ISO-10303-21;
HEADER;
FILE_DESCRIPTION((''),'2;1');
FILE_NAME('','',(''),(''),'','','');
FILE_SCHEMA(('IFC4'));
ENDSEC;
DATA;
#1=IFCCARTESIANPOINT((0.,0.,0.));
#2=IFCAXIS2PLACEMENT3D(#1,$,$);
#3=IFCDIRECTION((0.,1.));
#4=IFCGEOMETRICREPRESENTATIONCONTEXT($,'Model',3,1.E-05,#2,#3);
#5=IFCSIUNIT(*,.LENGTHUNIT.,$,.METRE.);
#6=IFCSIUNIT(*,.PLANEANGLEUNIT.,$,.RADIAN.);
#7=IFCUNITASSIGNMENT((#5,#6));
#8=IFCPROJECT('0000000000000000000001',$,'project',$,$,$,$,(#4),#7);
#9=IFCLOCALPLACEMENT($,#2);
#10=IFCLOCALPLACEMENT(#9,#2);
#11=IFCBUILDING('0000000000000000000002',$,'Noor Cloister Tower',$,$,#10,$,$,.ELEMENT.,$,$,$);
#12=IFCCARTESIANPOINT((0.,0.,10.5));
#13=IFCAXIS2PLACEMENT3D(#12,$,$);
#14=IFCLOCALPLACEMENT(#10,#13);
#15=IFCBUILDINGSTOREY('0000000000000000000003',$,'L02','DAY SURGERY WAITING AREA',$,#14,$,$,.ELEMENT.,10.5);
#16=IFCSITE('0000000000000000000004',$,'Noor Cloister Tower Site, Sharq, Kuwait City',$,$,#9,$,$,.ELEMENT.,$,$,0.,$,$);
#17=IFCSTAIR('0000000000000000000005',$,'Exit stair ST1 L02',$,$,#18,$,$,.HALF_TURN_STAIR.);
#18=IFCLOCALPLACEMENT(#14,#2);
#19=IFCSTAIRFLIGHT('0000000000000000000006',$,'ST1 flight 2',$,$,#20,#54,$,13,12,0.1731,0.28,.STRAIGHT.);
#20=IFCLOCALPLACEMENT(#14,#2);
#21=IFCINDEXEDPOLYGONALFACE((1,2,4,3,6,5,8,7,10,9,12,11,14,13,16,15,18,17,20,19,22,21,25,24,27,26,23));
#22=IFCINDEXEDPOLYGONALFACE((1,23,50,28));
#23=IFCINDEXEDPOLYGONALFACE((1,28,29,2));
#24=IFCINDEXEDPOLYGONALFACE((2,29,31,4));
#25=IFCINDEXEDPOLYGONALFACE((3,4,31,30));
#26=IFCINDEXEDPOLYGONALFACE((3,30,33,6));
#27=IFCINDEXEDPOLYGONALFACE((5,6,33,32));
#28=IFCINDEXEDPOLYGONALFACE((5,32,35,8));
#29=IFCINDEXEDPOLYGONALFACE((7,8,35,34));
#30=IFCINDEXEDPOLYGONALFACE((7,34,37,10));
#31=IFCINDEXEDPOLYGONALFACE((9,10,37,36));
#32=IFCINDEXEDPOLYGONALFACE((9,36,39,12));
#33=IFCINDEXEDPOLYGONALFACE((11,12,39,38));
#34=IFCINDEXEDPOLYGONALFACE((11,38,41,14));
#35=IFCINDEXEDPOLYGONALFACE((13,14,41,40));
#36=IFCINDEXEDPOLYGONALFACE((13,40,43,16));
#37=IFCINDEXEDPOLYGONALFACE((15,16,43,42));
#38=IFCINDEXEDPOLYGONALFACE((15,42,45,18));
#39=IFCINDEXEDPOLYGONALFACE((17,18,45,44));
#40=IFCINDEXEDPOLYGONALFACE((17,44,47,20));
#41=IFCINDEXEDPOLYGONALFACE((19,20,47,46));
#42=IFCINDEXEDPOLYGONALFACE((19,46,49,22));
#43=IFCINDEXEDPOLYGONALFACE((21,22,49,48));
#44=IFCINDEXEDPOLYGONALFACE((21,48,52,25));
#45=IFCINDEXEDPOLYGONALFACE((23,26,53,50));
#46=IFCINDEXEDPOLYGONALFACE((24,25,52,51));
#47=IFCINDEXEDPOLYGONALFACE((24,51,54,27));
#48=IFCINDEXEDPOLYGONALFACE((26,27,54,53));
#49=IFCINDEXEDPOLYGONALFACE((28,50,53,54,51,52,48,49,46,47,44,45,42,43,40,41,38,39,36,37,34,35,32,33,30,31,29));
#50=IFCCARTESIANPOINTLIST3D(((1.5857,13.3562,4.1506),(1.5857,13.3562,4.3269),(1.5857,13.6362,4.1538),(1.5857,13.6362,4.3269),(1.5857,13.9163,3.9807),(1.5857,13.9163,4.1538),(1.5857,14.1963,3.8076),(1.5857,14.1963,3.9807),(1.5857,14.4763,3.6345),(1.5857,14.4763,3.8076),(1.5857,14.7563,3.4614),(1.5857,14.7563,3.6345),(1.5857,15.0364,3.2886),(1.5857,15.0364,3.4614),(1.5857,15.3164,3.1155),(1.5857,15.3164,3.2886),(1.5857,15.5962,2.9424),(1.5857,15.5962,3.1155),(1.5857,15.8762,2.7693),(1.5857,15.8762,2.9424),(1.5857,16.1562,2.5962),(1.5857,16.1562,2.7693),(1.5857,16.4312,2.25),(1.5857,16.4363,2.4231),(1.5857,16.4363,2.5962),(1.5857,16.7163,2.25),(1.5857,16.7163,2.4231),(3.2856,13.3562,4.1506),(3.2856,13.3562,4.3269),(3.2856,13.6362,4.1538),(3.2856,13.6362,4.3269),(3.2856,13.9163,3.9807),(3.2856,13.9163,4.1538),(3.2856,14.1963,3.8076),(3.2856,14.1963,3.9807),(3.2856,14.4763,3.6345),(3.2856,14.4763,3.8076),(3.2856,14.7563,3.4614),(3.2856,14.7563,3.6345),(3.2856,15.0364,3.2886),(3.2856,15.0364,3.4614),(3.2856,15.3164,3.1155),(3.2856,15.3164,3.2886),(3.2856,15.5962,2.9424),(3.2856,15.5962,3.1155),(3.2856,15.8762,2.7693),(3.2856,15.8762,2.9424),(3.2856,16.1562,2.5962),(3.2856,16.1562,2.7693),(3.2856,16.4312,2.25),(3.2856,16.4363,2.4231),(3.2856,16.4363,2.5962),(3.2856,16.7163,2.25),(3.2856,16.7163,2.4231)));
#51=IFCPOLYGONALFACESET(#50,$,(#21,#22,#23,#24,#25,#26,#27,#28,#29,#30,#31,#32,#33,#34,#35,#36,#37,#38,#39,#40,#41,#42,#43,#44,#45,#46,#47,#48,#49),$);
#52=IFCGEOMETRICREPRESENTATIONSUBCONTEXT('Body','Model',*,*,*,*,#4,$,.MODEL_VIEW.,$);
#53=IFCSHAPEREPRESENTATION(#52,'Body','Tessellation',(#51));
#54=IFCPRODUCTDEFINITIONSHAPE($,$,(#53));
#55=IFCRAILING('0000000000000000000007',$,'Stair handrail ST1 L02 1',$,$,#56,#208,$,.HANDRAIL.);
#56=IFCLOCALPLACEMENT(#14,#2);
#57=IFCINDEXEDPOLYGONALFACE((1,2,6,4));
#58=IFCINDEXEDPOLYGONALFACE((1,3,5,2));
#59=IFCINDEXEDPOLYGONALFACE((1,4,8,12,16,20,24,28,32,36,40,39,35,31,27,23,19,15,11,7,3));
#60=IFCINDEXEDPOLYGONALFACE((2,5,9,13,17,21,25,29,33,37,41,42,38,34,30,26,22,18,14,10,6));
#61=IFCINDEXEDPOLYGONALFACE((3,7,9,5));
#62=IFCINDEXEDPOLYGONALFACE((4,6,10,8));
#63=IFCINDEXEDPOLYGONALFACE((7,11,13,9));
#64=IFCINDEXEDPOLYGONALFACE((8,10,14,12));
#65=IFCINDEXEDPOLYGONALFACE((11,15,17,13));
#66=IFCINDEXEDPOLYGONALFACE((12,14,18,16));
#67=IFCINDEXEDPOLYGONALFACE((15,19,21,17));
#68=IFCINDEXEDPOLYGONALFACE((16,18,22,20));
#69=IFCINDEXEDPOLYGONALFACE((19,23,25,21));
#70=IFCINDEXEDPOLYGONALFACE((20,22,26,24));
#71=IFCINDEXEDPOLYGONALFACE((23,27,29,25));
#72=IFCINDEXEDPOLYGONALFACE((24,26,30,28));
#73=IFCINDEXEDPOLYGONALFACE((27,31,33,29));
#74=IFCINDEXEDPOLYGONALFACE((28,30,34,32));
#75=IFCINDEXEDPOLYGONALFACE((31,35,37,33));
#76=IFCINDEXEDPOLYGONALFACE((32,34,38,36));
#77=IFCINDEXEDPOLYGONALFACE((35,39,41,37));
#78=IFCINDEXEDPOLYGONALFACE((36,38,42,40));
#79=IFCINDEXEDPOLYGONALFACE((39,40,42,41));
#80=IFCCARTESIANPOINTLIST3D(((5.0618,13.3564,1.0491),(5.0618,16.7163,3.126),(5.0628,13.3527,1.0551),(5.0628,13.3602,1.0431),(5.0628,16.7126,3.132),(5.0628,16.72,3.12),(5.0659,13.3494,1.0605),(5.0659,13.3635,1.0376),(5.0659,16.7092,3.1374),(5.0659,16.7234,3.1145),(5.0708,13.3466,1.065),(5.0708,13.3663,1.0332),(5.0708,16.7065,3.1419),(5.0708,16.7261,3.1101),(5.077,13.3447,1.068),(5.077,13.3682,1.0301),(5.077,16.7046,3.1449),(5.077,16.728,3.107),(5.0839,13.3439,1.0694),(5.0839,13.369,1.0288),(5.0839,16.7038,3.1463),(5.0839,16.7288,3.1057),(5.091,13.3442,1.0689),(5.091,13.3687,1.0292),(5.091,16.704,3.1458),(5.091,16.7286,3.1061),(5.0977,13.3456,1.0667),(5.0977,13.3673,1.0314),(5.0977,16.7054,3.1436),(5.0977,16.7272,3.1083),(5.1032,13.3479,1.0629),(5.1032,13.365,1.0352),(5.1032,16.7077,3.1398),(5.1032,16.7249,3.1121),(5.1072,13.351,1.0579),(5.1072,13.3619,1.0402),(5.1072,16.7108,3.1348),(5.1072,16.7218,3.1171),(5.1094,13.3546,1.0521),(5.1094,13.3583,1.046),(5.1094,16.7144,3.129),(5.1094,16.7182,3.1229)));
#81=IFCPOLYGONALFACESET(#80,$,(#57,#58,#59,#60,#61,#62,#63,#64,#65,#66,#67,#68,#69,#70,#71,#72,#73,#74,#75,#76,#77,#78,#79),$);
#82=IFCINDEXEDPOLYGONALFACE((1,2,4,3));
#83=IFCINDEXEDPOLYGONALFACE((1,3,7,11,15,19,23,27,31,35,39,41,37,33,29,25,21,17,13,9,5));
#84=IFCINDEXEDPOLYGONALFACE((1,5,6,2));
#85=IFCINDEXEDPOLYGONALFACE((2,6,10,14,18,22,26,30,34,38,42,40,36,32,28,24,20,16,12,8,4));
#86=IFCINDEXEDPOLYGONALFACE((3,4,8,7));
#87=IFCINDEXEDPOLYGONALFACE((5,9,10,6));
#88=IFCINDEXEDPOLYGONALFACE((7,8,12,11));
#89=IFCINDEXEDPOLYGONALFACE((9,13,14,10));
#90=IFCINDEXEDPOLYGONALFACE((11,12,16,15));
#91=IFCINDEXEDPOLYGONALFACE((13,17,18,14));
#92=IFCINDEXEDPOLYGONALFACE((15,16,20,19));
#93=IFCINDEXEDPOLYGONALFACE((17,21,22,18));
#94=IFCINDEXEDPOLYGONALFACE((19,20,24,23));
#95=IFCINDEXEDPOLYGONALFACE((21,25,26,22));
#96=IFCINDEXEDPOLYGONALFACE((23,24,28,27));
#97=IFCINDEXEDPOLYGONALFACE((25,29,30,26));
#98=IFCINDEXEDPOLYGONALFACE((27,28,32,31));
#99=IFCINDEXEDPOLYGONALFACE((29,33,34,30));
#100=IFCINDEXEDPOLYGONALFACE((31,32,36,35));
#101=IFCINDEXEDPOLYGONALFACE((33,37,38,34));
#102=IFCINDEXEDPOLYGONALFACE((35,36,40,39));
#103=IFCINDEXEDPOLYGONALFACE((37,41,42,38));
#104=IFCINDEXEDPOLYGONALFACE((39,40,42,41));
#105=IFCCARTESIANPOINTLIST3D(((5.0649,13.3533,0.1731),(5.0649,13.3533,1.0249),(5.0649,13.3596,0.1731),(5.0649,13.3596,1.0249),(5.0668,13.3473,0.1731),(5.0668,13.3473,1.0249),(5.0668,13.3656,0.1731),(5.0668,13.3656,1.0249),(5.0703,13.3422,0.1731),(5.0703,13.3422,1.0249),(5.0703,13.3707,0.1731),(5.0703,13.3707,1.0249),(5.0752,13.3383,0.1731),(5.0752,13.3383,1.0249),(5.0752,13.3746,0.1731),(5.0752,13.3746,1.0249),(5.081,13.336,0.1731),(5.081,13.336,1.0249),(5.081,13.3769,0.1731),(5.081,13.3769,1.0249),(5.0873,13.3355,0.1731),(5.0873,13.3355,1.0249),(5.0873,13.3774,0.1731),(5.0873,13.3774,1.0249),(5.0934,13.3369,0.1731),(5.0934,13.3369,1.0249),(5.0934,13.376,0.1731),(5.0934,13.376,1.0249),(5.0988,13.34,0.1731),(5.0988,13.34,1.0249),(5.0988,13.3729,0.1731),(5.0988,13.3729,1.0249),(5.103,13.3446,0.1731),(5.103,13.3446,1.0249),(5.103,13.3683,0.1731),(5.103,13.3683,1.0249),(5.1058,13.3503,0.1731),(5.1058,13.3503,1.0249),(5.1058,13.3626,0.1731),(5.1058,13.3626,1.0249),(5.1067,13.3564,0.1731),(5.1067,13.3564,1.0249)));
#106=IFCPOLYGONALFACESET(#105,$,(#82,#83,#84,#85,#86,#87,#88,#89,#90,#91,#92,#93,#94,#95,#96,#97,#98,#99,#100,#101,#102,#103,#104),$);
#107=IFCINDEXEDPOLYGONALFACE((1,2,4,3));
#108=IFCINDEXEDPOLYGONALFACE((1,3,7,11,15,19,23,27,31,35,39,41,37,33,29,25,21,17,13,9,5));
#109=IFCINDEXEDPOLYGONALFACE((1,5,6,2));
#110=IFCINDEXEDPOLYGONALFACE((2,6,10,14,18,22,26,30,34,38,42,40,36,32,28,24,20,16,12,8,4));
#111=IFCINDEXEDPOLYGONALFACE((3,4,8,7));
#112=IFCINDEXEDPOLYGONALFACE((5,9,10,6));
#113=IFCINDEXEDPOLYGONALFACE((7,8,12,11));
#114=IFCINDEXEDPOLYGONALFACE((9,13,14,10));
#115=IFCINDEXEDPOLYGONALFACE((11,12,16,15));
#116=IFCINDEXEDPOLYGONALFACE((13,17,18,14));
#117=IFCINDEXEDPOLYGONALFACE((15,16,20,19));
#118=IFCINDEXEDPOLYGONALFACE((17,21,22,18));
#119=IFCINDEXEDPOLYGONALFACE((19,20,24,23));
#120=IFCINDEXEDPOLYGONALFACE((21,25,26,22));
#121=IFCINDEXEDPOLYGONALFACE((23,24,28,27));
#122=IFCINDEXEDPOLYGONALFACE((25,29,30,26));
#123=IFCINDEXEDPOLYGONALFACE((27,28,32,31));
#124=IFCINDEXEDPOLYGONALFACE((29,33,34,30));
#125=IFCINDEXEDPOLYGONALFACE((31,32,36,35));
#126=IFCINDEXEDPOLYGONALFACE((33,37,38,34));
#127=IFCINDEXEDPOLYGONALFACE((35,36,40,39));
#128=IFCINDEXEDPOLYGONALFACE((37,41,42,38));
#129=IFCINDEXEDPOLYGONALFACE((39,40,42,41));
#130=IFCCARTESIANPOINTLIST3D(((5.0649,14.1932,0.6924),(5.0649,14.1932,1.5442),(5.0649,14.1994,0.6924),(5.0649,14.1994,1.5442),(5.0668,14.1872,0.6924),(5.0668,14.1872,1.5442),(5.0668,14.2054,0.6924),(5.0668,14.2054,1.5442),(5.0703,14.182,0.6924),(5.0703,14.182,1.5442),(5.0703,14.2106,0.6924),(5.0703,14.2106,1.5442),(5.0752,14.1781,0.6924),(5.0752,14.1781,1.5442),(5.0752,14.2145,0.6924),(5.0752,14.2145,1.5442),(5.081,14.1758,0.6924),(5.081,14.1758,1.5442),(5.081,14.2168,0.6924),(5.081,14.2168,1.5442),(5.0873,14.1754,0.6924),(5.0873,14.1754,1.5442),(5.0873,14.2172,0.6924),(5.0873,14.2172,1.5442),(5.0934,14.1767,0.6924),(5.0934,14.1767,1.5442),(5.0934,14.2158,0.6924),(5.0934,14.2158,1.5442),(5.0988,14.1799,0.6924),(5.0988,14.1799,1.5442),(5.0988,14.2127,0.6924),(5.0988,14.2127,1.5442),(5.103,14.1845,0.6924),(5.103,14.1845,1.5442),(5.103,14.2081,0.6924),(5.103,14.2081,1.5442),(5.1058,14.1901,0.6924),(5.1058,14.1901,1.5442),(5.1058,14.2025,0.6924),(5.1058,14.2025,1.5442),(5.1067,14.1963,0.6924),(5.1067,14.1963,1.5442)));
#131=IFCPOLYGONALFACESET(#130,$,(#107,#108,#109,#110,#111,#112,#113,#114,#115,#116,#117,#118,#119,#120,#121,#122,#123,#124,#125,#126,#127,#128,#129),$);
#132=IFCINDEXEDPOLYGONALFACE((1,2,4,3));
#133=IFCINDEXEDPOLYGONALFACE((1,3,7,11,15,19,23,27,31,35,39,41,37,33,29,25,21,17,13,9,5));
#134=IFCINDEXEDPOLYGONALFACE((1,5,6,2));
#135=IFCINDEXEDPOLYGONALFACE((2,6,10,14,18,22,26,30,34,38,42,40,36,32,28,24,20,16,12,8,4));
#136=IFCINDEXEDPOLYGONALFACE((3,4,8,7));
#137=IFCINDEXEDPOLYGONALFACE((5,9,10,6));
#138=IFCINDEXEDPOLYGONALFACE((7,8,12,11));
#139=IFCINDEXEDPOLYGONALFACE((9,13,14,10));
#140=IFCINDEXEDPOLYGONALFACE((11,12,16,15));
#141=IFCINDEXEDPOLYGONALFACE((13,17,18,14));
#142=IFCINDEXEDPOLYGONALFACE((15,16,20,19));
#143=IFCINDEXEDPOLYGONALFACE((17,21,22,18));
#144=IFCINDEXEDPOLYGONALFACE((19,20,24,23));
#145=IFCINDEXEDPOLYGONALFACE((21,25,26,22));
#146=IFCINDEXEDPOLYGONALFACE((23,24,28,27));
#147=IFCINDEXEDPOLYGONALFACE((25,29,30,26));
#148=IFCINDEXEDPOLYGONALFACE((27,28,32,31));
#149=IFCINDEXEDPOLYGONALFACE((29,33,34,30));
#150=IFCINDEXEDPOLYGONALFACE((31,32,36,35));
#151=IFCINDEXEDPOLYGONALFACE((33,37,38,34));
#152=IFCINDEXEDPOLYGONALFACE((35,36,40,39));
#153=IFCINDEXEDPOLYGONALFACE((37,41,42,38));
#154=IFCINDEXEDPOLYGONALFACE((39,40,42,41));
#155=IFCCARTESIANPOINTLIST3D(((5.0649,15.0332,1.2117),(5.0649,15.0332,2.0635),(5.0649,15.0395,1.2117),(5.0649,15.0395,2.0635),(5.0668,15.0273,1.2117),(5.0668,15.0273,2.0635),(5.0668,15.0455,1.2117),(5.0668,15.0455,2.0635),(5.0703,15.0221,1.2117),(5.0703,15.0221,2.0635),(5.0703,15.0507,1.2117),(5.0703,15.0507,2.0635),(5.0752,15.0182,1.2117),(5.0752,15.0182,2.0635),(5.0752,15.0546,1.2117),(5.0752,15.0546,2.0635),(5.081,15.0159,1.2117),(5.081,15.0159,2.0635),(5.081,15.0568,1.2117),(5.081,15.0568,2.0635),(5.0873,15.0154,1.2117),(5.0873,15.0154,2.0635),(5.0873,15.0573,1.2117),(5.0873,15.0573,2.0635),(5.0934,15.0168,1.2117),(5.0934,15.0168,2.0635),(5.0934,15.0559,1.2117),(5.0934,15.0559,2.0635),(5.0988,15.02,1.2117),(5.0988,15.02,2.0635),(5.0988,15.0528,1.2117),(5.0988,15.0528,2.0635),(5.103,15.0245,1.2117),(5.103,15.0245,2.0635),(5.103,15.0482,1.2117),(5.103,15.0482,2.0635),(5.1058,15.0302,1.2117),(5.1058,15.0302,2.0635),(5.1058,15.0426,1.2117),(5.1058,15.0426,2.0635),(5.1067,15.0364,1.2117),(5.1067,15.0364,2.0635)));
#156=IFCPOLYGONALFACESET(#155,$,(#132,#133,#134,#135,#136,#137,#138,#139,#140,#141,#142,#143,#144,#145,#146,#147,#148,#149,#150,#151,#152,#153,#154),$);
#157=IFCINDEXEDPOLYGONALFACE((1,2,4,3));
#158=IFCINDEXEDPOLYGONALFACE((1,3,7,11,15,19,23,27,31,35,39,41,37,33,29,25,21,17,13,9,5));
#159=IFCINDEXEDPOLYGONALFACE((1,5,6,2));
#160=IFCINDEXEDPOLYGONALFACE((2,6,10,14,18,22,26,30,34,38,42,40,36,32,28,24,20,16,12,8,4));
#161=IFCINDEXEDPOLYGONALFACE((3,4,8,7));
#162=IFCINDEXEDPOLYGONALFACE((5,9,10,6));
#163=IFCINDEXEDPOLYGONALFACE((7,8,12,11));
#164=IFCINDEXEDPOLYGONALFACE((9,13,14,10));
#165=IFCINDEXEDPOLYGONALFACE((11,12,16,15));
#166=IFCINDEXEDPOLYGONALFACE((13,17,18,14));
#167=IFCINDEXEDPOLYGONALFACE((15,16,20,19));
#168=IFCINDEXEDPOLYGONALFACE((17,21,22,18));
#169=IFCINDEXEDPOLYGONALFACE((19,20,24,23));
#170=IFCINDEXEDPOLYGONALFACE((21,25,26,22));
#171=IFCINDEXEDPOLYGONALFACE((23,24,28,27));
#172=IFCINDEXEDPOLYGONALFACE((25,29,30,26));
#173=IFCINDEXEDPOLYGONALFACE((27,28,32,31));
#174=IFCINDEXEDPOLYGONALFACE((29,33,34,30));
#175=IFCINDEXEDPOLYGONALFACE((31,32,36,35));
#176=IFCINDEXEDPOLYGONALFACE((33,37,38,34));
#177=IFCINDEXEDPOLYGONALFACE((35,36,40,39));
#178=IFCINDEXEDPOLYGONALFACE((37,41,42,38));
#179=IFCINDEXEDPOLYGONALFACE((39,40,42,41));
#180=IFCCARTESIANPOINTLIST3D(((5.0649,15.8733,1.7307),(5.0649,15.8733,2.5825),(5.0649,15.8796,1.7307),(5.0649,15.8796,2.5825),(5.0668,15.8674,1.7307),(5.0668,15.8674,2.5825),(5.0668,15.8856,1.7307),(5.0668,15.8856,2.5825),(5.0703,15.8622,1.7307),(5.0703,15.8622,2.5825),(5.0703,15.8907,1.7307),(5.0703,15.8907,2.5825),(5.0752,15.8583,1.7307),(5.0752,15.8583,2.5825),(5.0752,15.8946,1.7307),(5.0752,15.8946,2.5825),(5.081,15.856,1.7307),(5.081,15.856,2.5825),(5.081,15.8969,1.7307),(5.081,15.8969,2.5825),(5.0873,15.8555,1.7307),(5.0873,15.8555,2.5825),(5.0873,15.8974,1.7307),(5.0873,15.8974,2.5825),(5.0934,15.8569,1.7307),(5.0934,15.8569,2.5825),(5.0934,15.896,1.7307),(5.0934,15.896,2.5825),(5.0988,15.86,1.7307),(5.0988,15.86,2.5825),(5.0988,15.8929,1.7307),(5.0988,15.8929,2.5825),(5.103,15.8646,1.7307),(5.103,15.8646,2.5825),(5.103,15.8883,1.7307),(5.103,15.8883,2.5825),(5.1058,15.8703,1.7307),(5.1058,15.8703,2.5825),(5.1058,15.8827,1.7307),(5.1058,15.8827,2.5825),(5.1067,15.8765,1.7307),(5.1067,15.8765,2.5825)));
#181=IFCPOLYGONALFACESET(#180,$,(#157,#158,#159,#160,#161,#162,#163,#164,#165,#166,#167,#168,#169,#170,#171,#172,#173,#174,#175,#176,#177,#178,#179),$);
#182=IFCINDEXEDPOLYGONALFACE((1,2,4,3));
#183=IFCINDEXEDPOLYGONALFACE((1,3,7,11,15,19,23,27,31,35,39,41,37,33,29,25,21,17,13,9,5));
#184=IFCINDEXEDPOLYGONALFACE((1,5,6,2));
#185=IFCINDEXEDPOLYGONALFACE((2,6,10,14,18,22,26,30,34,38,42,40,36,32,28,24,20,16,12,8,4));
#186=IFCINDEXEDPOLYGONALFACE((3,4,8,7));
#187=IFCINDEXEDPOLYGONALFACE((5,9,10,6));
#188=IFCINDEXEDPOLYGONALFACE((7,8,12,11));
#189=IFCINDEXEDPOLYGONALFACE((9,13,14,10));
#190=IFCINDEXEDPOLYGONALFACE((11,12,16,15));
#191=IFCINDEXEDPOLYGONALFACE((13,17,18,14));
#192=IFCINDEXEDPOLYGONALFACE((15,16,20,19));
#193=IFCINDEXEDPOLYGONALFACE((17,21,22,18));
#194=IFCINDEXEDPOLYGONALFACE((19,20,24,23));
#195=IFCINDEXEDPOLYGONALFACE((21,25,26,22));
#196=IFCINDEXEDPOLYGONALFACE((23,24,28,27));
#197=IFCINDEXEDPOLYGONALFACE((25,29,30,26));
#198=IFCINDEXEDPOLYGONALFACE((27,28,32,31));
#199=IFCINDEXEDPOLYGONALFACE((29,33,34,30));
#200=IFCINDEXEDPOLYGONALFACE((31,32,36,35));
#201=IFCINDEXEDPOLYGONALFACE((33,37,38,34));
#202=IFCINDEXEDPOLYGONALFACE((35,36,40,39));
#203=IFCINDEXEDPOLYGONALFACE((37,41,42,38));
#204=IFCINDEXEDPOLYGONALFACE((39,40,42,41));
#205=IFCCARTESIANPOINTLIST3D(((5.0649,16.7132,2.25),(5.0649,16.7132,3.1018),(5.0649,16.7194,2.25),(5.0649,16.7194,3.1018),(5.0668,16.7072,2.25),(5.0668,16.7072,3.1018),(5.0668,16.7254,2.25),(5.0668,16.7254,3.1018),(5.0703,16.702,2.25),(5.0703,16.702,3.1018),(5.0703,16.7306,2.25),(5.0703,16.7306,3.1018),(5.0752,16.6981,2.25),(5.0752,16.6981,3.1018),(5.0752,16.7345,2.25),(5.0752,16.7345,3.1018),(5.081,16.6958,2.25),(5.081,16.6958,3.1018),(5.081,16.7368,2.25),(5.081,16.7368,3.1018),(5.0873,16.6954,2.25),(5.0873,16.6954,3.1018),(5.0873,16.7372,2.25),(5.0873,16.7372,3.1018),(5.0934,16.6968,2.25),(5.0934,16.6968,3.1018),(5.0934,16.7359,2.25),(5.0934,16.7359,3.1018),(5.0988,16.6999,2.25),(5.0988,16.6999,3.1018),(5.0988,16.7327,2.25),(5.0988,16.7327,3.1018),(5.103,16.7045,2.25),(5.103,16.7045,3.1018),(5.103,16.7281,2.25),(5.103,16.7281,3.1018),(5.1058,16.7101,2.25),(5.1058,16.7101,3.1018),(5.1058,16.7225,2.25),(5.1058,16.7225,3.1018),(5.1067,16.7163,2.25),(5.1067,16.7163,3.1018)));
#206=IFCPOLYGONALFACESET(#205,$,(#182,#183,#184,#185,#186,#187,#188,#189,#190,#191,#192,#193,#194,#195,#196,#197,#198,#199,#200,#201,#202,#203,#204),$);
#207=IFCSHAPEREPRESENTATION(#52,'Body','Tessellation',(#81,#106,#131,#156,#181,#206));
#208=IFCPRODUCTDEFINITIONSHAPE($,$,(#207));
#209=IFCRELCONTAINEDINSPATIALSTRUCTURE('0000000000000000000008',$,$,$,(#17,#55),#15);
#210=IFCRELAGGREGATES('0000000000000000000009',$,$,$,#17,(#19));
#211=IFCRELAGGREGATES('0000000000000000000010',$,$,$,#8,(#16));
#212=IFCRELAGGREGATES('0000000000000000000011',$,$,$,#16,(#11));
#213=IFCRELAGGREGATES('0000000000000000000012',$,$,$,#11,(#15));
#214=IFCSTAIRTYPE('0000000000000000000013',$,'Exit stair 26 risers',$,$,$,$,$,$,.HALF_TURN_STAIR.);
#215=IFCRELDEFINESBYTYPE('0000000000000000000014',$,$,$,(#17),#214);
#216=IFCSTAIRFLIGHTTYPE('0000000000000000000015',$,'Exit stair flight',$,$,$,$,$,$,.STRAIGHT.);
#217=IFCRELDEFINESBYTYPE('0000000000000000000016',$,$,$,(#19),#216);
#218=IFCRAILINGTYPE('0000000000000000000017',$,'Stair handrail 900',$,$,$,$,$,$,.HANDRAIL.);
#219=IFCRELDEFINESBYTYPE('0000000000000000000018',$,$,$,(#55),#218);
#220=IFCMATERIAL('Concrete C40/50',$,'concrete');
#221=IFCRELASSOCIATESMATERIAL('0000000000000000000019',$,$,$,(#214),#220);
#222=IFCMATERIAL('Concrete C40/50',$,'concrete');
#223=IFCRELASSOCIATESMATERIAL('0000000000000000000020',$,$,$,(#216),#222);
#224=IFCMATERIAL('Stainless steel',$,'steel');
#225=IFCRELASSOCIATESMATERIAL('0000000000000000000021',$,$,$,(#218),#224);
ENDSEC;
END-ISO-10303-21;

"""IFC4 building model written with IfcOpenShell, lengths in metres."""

from ifc_helpers import new_model, si_unit, direction, frame, origin, origin_2d, place, context, subcontext, project, spatial, polyline, circle, outline, extrude, material, type_object, element, aggregate, save


model = new_model("IFC4")

# Units and contexts
model_context = context("Model", 3, precision=1e-05, world=origin(), true_north=direction((0.0, 1.0)))
body_context = subcontext(model_context, "Body", "Model", "MODEL_VIEW")
ifc_project = project(units=[si_unit("LENGTHUNIT", "METRE"), si_unit("PLANEANGLEUNIT", "RADIAN")], contexts=[model_context])

# Site, building, storey
site_placement = place(None, origin())
site = spatial("IfcSite", under=ifc_project, at=site_placement, Name="Noor Cloister Tower Site, Sharq, Kuwait City", CompositionType="ELEMENT", RefElevation=0.0)
building_placement = place(site_placement, origin())
building = spatial("IfcBuilding", under=site, at=building_placement, Name="Noor Cloister Tower", CompositionType="ELEMENT")
storey_placement = place(building_placement, frame((0.0, 0.0, 10.5)))
storey = spatial("IfcBuildingStorey", under=building, at=storey_placement, Name="L02", Description="DAY SURGERY WAITING AREA", CompositionType="ELEMENT", Elevation=10.5)

# Stair, stair flight
ifc_material_1 = material(Name="Concrete C40/50", Category="concrete")
stair_type = type_object("IfcStairType", Name="Exit stair 26 risers", PredefinedType="HALF_TURN_STAIR", material=ifc_material_1)
stair_placement = place(storey_placement, origin())
stair = element("IfcStair", 1, at=stair_placement, inside=storey, type_object=stair_type, Name="Exit stair ST1 L02", PredefinedType="HALF_TURN_STAIR")
ifc_material_2 = material(Name="Concrete C40/50", Category="concrete")
stair_flight_type = type_object("IfcStairFlightType", Name="Exit stair flight", PredefinedType="STRAIGHT", material=ifc_material_2)
stair_flight_1_placement = place(storey_placement, frame((2.4355, 16.7163, 2.25), z_axis=(0.0, 0.0, 1.0), x_axis=(0.0, -1.0, 0.0)))
stair_flight_1 = element("IfcStairFlight", 2, at=stair_flight_1_placement, type_object=stair_flight_type, Name="ST1 flight 2", NumberOfRisers=13, NumberOfTreads=12, PredefinedType="STRAIGHT", RiserHeight=0.1731, TreadLength=0.28, context=body_context, shape_type="SweptSolid", body=[
    extrude(outline(polyline([(0.0, 0.0), (0.0, 0.1731), (0.28, 0.1731), (0.28, 0.3462), (0.5601, 0.3462), (0.5601, 0.5193), (0.8401, 0.5193), (0.8401, 0.6924), (1.1201, 0.6924), (1.1201, 0.8655), (1.3999, 0.8655), (1.3999, 1.0386), (1.6799, 1.0386), (1.6799, 1.2114), (1.96, 1.2114), (1.96, 1.3845), (2.24, 1.3845), (2.24, 1.5576), (2.52, 1.5576), (2.52, 1.7307), (2.8, 1.7307), (2.8, 1.9038), (3.0801, 1.9038), (3.0801, 2.0769), (3.3601, 2.0769), (3.3601, 2.25), (3.3601, 1.9006), (0.2852, 0.0), (0.0, 0.0)])), frame((0.0, 0.8501, 0.0), z_axis=(0.0, -1.0, 0.0), x_axis=(1.0, 0.0, 0.0)), (0.0, 0.0, 1.0), 1.7),
])
aggregate(stair, [stair_flight_1])

# Railing
ifc_material_3 = material(Name="Stainless steel", Category="steel")
railing_type_1 = type_object("IfcRailingType", Name="Stair handrail 900", PredefinedType="HANDRAIL", material=ifc_material_3)
railing_1_placement = place(storey_placement, frame((5.0857, 13.3564, 0.1731)))
element("IfcRailing", 3, at=railing_1_placement, inside=storey, type_object=railing_type_1, Name="Stair handrail ST1 L02 1", PredefinedType="HANDRAIL", context=body_context, shape_type="SweptSolid", body=[
    extrude(circle(Radius=0.0239, at=origin_2d()), frame((0.0, 0.0, 0.876), z_axis=(0.0, 0.850606, 0.525803), x_axis=(-1.0, 0.0, 0.0)), (0.0, 0.0, 1.0), 3.95),
    extrude(circle(Radius=0.021, at=origin_2d()), origin(), (0.0, 0.0, 1.0), 0.8518),
    extrude(circle(Radius=0.021, at=origin_2d()), frame((0.0, 0.8398, 0.5193)), (0.0, 0.0, 1.0), 0.8518),
    extrude(circle(Radius=0.021, at=origin_2d()), frame((0.0, 1.6799, 1.0386)), (0.0, 0.0, 1.0), 0.8518),
    extrude(circle(Radius=0.021, at=origin_2d()), frame((0.0, 2.52, 1.5576)), (0.0, 0.0, 1.0), 0.8518),
    extrude(circle(Radius=0.021, at=origin_2d()), frame((0.0, 3.3599, 2.0769)), (0.0, 0.0, 1.0), 0.8518),
])

save(model, "model.ifc")
